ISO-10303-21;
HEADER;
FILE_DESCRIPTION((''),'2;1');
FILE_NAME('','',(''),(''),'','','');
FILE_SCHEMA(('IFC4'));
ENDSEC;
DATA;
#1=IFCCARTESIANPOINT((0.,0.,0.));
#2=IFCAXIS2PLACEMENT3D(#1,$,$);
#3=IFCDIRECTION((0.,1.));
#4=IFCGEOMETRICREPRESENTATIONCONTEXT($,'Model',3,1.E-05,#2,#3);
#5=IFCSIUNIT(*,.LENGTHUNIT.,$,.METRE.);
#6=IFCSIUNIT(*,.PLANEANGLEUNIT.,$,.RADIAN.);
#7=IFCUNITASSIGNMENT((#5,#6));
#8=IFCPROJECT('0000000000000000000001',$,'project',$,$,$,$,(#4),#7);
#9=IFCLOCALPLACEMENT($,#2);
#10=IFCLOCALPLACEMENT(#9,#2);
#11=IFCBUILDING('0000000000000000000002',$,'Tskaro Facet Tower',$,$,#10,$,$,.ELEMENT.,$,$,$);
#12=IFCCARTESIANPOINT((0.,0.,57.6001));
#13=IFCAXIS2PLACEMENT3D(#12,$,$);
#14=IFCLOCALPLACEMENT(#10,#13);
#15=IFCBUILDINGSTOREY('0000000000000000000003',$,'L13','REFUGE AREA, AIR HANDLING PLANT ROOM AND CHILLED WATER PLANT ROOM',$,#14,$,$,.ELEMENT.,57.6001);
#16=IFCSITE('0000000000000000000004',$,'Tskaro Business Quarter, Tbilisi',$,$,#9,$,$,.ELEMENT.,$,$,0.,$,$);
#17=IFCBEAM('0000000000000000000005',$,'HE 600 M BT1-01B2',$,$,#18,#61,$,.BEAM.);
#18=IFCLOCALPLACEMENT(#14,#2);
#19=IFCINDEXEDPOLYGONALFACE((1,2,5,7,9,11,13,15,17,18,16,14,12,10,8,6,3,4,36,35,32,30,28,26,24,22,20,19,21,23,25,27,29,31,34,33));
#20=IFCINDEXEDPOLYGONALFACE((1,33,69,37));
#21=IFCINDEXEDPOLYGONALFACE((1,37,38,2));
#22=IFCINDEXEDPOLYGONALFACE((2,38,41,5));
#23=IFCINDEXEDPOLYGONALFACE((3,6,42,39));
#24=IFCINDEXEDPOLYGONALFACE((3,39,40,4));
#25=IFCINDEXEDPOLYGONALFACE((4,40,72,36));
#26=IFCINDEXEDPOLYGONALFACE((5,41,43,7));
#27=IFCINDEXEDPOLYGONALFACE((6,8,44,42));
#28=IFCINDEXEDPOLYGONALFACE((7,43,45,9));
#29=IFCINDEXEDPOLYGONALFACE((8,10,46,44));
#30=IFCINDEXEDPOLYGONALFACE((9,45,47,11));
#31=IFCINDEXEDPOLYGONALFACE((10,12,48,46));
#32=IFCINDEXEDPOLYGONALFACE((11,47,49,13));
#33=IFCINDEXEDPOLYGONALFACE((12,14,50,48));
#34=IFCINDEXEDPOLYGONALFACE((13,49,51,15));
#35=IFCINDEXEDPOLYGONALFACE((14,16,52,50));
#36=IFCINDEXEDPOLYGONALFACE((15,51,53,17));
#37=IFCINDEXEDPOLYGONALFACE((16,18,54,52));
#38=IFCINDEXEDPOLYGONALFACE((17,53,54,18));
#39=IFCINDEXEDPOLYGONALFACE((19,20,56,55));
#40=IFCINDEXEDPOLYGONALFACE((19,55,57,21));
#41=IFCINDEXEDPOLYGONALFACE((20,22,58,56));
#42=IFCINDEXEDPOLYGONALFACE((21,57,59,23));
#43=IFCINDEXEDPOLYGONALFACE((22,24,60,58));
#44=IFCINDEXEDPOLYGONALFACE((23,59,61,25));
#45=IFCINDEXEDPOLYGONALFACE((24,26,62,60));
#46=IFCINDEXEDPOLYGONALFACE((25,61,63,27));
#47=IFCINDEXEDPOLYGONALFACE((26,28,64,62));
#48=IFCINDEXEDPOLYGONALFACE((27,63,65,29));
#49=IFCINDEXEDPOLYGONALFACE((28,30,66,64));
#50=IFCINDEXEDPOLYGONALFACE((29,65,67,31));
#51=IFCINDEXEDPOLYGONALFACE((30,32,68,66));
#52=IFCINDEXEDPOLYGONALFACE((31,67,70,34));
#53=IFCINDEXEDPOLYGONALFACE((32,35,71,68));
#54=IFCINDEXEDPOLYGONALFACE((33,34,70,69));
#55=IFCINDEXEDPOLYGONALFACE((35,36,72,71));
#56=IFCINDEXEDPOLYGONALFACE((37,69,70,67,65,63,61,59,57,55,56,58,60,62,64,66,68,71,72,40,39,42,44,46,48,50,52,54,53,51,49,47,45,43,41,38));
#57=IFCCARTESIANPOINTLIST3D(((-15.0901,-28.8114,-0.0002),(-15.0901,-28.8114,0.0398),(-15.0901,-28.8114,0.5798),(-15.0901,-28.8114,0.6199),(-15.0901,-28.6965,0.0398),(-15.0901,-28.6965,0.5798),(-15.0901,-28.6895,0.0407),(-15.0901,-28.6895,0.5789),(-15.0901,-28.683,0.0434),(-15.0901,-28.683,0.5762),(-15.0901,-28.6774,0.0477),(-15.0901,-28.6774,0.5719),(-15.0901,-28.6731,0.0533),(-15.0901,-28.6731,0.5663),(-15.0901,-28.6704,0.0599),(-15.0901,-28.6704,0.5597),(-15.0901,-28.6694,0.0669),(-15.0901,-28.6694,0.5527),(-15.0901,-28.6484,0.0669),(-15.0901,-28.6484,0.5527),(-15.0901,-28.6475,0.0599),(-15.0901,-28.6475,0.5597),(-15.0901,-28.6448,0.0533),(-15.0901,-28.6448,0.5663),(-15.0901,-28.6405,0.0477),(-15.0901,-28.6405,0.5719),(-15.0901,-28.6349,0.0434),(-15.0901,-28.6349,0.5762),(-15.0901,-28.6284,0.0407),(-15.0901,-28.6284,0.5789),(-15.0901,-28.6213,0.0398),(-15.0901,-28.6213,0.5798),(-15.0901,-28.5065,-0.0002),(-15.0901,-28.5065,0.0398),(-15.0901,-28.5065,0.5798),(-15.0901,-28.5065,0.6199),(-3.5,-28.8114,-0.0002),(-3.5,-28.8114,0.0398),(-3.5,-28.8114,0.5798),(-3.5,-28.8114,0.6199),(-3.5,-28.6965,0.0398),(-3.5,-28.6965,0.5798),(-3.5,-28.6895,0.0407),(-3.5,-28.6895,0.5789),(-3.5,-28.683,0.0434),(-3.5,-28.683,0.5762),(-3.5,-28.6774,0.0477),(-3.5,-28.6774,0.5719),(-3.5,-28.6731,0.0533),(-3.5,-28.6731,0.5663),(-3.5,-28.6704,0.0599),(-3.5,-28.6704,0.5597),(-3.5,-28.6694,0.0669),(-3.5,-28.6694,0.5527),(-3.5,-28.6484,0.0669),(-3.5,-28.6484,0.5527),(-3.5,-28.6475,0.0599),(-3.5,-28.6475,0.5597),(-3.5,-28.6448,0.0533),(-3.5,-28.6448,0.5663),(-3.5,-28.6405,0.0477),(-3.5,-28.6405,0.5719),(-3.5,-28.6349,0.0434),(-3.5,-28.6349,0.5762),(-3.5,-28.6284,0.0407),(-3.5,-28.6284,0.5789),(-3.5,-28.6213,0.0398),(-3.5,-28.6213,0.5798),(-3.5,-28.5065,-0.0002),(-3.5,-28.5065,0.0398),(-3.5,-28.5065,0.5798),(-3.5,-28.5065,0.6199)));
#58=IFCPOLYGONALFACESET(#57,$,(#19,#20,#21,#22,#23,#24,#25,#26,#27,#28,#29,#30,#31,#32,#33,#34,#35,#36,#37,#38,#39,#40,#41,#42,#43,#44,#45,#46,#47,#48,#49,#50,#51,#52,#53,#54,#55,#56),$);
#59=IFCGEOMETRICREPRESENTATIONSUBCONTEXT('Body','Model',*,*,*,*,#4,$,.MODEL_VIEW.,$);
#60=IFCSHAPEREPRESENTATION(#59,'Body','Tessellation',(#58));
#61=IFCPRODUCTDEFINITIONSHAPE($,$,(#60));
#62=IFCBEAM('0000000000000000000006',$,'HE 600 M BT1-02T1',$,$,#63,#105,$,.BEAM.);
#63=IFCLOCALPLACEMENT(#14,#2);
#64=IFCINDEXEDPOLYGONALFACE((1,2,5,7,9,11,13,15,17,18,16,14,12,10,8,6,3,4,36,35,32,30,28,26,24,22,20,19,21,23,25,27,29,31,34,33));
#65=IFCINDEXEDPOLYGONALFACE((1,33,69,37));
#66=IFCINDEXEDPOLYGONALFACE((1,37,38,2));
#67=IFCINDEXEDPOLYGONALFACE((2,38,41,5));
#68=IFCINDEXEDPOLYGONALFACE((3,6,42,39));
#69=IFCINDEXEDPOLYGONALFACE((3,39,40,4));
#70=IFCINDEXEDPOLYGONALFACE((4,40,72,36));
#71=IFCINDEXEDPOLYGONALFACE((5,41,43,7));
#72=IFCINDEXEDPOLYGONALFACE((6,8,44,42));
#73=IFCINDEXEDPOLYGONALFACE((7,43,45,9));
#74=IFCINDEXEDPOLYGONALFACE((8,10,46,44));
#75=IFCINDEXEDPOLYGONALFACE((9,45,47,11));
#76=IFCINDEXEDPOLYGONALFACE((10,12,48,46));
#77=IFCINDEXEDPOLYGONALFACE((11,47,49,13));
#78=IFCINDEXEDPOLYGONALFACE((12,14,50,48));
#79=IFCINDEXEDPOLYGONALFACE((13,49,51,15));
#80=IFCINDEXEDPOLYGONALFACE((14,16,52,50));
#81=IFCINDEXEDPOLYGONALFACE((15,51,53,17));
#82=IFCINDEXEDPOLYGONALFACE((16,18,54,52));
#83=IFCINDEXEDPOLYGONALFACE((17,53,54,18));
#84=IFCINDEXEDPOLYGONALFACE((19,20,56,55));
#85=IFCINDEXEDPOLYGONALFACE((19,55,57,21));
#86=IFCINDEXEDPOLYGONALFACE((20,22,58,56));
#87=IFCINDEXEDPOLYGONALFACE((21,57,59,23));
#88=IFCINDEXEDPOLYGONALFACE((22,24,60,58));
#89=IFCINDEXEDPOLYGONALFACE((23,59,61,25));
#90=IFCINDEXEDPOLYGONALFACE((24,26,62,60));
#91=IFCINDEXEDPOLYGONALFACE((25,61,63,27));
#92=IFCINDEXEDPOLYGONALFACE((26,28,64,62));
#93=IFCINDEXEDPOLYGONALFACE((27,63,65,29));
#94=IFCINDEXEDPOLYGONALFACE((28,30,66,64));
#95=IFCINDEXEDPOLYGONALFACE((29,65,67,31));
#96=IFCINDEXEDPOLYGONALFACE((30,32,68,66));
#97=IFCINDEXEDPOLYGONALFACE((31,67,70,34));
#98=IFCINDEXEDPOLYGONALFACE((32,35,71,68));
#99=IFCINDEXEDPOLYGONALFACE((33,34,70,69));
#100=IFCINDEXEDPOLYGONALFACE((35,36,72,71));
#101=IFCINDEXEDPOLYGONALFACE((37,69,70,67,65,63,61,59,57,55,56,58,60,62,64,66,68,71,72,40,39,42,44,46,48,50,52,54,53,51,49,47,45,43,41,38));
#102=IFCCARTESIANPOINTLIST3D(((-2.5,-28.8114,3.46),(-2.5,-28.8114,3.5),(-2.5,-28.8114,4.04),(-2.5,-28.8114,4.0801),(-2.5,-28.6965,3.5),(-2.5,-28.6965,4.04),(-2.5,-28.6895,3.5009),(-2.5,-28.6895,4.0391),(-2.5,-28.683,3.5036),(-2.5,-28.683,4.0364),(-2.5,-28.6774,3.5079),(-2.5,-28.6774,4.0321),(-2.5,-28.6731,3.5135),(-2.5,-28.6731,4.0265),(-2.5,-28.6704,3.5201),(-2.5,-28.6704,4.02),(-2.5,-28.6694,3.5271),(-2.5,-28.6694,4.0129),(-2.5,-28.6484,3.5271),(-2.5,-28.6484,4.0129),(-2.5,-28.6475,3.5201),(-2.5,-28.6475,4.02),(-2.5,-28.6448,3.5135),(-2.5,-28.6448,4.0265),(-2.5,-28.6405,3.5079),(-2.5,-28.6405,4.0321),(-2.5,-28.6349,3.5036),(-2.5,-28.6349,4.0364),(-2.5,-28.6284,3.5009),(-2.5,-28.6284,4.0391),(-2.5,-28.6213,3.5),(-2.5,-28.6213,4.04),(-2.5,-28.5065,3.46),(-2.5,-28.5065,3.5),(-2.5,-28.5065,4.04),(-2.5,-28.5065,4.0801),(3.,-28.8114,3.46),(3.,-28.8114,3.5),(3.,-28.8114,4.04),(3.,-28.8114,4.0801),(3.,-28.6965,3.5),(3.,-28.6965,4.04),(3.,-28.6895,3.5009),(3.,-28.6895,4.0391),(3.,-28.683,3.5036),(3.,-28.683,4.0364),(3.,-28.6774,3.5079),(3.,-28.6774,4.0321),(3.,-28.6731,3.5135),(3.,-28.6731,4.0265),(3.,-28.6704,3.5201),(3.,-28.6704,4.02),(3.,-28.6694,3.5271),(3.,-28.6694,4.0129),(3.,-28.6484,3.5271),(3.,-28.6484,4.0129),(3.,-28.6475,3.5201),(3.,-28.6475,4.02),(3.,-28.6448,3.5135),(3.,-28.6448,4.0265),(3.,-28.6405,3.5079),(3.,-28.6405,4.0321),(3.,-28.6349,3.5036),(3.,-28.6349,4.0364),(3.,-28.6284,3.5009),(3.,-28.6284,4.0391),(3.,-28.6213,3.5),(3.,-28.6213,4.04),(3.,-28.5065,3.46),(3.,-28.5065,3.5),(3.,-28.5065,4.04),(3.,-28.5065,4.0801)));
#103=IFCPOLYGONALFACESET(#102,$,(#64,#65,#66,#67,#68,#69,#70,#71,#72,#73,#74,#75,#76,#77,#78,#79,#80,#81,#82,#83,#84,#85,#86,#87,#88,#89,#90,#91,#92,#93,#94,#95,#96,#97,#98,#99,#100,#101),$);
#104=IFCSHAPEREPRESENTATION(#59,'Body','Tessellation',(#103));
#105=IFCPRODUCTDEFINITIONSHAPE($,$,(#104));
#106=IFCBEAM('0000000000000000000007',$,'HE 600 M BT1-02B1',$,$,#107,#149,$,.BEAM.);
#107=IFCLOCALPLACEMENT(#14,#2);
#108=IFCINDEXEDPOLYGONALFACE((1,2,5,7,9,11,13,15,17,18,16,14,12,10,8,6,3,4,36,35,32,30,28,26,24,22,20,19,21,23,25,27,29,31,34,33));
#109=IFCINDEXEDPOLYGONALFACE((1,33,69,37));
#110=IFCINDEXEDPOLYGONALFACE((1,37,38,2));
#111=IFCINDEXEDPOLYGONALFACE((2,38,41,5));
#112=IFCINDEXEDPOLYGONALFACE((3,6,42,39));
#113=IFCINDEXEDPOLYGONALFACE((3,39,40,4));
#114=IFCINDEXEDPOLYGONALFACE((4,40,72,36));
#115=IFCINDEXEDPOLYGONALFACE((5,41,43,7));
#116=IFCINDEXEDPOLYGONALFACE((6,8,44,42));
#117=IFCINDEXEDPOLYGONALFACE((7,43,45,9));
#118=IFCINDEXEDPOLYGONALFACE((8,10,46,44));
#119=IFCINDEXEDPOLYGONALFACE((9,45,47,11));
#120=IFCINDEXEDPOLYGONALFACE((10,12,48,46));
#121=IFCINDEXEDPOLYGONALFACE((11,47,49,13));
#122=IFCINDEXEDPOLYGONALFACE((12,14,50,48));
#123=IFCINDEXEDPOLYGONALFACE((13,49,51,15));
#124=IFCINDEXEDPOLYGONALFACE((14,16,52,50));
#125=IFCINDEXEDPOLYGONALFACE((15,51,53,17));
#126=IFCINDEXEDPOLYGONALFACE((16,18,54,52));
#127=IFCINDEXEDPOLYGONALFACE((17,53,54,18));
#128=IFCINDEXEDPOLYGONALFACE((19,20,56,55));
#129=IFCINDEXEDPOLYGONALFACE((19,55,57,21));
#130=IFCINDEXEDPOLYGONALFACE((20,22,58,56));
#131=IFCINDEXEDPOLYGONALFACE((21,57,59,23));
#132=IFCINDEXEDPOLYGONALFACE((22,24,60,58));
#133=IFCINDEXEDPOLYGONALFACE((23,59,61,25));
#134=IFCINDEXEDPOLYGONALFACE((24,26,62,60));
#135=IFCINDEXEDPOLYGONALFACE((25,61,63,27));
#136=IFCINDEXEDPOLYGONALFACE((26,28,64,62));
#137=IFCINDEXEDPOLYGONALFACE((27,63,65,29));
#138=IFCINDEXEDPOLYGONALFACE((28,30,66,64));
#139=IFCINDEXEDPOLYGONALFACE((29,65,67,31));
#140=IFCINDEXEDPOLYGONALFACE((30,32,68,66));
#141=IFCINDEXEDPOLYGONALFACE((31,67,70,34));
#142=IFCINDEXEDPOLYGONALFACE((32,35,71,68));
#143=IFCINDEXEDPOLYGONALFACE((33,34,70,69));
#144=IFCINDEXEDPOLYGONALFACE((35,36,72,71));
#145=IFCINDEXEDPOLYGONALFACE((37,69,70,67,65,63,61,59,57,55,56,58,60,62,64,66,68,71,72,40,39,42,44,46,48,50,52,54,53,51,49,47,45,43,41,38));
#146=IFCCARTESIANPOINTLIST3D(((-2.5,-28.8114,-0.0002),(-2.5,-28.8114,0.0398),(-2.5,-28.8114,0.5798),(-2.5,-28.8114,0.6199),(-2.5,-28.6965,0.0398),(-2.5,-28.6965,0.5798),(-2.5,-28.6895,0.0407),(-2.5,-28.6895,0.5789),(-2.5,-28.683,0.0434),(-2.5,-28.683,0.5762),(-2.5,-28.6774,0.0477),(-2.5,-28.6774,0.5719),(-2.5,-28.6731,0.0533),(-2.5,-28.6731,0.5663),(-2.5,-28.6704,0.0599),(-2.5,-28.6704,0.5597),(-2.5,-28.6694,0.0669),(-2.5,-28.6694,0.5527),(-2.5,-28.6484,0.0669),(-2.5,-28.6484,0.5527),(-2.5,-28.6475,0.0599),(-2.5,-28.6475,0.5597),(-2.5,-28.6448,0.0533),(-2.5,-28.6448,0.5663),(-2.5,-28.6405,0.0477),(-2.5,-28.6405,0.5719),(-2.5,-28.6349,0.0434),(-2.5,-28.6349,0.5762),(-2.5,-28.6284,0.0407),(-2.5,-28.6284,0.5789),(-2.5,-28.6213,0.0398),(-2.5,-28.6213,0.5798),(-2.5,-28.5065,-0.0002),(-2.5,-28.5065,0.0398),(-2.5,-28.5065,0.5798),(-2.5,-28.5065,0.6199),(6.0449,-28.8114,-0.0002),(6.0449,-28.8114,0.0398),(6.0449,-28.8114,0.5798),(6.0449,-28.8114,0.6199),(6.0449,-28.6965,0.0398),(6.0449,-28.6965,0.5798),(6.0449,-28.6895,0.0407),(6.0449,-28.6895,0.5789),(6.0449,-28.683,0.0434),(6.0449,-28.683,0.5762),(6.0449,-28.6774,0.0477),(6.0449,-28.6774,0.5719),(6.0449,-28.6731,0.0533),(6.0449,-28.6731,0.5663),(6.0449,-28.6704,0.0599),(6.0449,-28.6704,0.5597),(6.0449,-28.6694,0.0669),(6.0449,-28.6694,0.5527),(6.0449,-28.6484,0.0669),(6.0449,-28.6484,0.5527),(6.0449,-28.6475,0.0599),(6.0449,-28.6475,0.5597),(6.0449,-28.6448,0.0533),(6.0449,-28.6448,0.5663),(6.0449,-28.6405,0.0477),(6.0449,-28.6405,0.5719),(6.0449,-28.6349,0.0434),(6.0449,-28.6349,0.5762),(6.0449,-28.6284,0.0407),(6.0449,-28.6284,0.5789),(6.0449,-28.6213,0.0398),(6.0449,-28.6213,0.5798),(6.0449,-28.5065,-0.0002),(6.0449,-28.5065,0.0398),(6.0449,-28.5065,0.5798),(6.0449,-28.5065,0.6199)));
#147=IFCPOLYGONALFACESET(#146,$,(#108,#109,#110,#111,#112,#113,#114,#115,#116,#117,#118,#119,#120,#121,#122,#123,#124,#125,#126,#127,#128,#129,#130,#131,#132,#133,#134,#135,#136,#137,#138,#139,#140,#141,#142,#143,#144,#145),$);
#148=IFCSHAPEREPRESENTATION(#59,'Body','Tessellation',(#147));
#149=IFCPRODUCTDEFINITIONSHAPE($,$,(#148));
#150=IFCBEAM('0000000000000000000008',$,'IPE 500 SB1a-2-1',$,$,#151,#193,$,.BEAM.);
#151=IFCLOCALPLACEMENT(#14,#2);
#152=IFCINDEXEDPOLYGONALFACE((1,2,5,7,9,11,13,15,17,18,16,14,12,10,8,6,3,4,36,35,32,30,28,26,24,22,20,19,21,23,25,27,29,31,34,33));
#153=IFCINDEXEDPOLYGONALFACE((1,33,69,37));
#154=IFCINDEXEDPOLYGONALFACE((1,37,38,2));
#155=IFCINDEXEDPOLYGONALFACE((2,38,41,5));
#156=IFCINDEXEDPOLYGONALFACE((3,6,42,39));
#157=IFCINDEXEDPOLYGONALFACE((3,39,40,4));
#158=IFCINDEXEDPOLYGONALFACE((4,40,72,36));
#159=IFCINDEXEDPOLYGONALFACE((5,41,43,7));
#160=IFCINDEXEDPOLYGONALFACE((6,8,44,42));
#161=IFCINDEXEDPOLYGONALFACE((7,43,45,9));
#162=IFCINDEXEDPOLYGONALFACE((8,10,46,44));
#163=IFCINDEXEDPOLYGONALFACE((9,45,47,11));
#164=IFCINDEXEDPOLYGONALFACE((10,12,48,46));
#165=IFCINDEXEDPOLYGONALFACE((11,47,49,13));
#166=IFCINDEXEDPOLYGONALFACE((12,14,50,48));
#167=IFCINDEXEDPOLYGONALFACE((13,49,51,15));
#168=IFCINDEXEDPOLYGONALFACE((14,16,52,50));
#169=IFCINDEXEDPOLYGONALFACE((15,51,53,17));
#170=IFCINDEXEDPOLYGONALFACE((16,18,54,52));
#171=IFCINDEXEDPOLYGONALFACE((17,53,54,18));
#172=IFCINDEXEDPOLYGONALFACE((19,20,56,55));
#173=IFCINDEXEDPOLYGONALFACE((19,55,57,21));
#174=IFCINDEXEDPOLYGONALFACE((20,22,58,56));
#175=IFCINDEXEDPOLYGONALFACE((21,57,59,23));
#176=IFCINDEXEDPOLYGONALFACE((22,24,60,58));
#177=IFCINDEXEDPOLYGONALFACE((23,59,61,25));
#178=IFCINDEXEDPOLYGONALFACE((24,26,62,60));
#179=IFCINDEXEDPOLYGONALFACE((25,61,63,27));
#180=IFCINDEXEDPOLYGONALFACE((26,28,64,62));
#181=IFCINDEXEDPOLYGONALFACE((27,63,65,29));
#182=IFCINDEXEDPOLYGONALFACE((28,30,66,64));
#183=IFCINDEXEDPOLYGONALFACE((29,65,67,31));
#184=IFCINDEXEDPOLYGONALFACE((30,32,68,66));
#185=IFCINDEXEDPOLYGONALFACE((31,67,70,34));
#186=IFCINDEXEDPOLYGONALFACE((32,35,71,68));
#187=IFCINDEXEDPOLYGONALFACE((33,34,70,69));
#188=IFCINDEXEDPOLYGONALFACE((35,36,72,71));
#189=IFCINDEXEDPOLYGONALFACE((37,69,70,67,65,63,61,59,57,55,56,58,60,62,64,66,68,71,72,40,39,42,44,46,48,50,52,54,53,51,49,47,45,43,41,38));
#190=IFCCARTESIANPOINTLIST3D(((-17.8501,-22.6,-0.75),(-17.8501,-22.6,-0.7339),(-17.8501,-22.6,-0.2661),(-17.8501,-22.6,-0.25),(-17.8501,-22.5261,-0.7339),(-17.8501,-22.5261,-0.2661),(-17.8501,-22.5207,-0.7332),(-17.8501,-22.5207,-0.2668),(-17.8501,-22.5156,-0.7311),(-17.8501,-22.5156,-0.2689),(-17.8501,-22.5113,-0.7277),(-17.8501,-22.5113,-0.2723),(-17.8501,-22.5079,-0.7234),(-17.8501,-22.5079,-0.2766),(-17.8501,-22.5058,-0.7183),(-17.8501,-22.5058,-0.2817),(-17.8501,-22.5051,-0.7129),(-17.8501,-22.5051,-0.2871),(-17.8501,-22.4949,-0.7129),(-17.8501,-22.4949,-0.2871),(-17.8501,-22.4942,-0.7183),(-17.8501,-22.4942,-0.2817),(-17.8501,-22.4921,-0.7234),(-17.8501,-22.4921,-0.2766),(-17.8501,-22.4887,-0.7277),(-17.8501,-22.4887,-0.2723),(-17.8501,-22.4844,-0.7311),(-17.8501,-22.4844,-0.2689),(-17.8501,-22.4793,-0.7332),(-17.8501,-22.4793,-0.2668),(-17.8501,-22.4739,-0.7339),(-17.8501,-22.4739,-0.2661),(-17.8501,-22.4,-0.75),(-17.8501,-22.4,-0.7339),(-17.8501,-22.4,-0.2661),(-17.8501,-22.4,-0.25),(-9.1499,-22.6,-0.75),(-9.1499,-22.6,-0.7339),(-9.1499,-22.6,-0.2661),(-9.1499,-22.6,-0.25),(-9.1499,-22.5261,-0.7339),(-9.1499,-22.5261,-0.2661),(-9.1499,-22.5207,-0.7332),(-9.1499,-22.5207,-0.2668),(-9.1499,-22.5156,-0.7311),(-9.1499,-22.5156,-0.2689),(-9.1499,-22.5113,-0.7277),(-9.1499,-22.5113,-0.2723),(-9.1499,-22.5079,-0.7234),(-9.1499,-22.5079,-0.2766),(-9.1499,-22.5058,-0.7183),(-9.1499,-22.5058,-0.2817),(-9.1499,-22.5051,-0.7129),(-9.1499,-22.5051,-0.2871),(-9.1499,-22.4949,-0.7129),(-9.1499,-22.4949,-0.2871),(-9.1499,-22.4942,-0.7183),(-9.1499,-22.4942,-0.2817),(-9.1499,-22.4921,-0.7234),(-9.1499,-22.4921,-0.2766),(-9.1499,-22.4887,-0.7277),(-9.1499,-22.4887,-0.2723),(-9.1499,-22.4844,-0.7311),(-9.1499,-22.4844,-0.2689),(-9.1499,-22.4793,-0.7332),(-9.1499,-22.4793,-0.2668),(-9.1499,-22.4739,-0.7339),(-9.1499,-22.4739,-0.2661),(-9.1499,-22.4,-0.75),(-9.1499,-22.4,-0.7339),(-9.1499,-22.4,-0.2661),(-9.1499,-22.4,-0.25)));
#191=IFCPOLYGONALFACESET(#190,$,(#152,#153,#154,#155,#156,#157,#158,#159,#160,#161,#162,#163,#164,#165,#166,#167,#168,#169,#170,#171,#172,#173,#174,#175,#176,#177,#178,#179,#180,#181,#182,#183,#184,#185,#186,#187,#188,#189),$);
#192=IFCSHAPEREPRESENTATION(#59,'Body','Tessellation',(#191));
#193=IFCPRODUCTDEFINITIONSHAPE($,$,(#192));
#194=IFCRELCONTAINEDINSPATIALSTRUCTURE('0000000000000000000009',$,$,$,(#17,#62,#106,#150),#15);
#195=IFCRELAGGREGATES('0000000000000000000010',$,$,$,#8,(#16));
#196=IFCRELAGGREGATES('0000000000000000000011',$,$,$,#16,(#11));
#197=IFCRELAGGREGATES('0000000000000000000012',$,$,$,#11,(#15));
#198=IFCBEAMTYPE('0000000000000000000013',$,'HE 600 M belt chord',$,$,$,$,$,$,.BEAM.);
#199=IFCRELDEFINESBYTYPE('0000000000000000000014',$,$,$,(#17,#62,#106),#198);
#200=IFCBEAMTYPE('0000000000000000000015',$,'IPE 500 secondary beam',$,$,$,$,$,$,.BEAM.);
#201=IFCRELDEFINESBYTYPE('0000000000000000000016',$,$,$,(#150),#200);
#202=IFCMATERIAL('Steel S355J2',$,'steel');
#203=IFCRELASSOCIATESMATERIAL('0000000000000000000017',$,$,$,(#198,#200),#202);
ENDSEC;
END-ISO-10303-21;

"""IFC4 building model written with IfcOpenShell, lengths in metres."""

from ifc_helpers import new_model, si_unit, direction, frame, origin, origin_2d, place, context, subcontext, project, spatial, i_section, extrude, material, material_profile, profile_set, type_object, element, save


model = new_model("IFC4")

# Units and contexts
model_context = context("Model", 3, precision=1e-05, world=origin(), true_north=direction((0.0, 1.0)))
body_context = subcontext(model_context, "Body", "Model", "MODEL_VIEW")
ifc_project = project(units=[si_unit("LENGTHUNIT", "METRE"), si_unit("PLANEANGLEUNIT", "RADIAN")], contexts=[model_context])

# Site, building, storey
site_placement = place(None, origin())
site = spatial("IfcSite", under=ifc_project, at=site_placement, Name="Tskaro Business Quarter, Tbilisi", CompositionType="ELEMENT", RefElevation=0.0)
building_placement = place(site_placement, origin())
building = spatial("IfcBuilding", under=site, at=building_placement, Name="Tskaro Facet Tower", CompositionType="ELEMENT")
storey_placement = place(building_placement, frame((0.0, 0.0, 57.6001)))
storey = spatial("IfcBuildingStorey", under=building, at=storey_placement, Name="L13", Description="REFUGE AREA, AIR HANDLING PLANT ROOM AND CHILLED WATER PLANT ROOM", CompositionType="ELEMENT", Elevation=57.6001)

# Shared definitions
ifc_material_1 = material(Name="Steel S355J2", Category="steel")

# Beams
ifc_material_profile_1 = material_profile(ifc_material_1, i_section(OverallWidth=0.3049, OverallDepth=0.6201, WebThickness=0.021, FlangeThickness=0.04, FilletRadius=0.0271, at=origin_2d()), Name="HE 600 M")
ifc_profile_set_1 = profile_set([ifc_material_profile_1], Name="Steel S355J2")
beam_type_1 = type_object("IfcBeamType", Name="HE 600 M belt chord", PredefinedType="BEAM", material=ifc_profile_set_1)
beam_1_placement = place(storey_placement, frame((-15.0901, -28.6589, 0.3098), z_axis=(1.0, 0.0, 0.0), x_axis=(0.0, 1.0, 0.0)))
element("IfcBeam", 1, at=beam_1_placement, inside=storey, type_object=beam_type_1, Name="HE 600 M BT1-01B2", PredefinedType="BEAM", context=body_context, shape_type="SweptSolid", body=[
    extrude(i_section(OverallWidth=0.3049, OverallDepth=0.6201, WebThickness=0.021, FlangeThickness=0.04, FilletRadius=0.0271, at=origin_2d()), origin(), (0.0, 0.0, 1.0), 11.5901),
])
beam_2_placement = place(storey_placement, frame((-2.5, -28.6589, 3.77), z_axis=(1.0, 0.0, 0.0), x_axis=(0.0, 1.0, 0.0)))
element("IfcBeam", 2, at=beam_2_placement, inside=storey, type_object=beam_type_1, Name="HE 600 M BT1-02T1", PredefinedType="BEAM", context=body_context, shape_type="SweptSolid", body=[
    extrude(i_section(OverallWidth=0.3049, OverallDepth=0.6201, WebThickness=0.021, FlangeThickness=0.04, FilletRadius=0.0271, at=origin_2d()), origin(), (0.0, 0.0, 1.0), 5.5),
])
beam_3_placement = place(storey_placement, frame((-2.5, -28.6589, 0.3098), z_axis=(1.0, 0.0, 0.0), x_axis=(0.0, 1.0, 0.0)))
element("IfcBeam", 3, at=beam_3_placement, inside=storey, type_object=beam_type_1, Name="HE 600 M BT1-02B1", PredefinedType="BEAM", context=body_context, shape_type="SweptSolid", body=[
    extrude(i_section(OverallWidth=0.3049, OverallDepth=0.6201, WebThickness=0.021, FlangeThickness=0.04, FilletRadius=0.0271, at=origin_2d()), origin(), (0.0, 0.0, 1.0), 8.5449),
])
ifc_material_profile_2 = material_profile(ifc_material_1, i_section(OverallWidth=0.2, OverallDepth=0.5, WebThickness=0.0103, FlangeThickness=0.0161, FilletRadius=0.021, at=origin_2d()), Name="IPE 500")
ifc_profile_set_2 = profile_set([ifc_material_profile_2], Name="Steel S355J2")
beam_type_2 = type_object("IfcBeamType", Name="IPE 500 secondary beam", PredefinedType="BEAM", material=ifc_profile_set_2)
for number, where, z_axis, x_axis, name in (
    (4, (-17.8501, -22.5, -0.5), (1.0, 0.0, 0.0), (0.0, 1.0, 0.0), "IPE 500 SB1a-2-1"),
):
    element("IfcBeam", number, at=place(storey_placement, frame(where, z_axis=z_axis, x_axis=x_axis)), inside=storey, type_object=beam_type_2, Name=name, PredefinedType="BEAM", context=body_context, shape_type="SweptSolid", body=[
        extrude(i_section(OverallWidth=0.2, OverallDepth=0.5, WebThickness=0.0103, FlangeThickness=0.0161, FilletRadius=0.021, at=origin_2d()), origin(), (0.0, 0.0, 1.0), 8.7002),
    ])

save(model, "model.ifc")
